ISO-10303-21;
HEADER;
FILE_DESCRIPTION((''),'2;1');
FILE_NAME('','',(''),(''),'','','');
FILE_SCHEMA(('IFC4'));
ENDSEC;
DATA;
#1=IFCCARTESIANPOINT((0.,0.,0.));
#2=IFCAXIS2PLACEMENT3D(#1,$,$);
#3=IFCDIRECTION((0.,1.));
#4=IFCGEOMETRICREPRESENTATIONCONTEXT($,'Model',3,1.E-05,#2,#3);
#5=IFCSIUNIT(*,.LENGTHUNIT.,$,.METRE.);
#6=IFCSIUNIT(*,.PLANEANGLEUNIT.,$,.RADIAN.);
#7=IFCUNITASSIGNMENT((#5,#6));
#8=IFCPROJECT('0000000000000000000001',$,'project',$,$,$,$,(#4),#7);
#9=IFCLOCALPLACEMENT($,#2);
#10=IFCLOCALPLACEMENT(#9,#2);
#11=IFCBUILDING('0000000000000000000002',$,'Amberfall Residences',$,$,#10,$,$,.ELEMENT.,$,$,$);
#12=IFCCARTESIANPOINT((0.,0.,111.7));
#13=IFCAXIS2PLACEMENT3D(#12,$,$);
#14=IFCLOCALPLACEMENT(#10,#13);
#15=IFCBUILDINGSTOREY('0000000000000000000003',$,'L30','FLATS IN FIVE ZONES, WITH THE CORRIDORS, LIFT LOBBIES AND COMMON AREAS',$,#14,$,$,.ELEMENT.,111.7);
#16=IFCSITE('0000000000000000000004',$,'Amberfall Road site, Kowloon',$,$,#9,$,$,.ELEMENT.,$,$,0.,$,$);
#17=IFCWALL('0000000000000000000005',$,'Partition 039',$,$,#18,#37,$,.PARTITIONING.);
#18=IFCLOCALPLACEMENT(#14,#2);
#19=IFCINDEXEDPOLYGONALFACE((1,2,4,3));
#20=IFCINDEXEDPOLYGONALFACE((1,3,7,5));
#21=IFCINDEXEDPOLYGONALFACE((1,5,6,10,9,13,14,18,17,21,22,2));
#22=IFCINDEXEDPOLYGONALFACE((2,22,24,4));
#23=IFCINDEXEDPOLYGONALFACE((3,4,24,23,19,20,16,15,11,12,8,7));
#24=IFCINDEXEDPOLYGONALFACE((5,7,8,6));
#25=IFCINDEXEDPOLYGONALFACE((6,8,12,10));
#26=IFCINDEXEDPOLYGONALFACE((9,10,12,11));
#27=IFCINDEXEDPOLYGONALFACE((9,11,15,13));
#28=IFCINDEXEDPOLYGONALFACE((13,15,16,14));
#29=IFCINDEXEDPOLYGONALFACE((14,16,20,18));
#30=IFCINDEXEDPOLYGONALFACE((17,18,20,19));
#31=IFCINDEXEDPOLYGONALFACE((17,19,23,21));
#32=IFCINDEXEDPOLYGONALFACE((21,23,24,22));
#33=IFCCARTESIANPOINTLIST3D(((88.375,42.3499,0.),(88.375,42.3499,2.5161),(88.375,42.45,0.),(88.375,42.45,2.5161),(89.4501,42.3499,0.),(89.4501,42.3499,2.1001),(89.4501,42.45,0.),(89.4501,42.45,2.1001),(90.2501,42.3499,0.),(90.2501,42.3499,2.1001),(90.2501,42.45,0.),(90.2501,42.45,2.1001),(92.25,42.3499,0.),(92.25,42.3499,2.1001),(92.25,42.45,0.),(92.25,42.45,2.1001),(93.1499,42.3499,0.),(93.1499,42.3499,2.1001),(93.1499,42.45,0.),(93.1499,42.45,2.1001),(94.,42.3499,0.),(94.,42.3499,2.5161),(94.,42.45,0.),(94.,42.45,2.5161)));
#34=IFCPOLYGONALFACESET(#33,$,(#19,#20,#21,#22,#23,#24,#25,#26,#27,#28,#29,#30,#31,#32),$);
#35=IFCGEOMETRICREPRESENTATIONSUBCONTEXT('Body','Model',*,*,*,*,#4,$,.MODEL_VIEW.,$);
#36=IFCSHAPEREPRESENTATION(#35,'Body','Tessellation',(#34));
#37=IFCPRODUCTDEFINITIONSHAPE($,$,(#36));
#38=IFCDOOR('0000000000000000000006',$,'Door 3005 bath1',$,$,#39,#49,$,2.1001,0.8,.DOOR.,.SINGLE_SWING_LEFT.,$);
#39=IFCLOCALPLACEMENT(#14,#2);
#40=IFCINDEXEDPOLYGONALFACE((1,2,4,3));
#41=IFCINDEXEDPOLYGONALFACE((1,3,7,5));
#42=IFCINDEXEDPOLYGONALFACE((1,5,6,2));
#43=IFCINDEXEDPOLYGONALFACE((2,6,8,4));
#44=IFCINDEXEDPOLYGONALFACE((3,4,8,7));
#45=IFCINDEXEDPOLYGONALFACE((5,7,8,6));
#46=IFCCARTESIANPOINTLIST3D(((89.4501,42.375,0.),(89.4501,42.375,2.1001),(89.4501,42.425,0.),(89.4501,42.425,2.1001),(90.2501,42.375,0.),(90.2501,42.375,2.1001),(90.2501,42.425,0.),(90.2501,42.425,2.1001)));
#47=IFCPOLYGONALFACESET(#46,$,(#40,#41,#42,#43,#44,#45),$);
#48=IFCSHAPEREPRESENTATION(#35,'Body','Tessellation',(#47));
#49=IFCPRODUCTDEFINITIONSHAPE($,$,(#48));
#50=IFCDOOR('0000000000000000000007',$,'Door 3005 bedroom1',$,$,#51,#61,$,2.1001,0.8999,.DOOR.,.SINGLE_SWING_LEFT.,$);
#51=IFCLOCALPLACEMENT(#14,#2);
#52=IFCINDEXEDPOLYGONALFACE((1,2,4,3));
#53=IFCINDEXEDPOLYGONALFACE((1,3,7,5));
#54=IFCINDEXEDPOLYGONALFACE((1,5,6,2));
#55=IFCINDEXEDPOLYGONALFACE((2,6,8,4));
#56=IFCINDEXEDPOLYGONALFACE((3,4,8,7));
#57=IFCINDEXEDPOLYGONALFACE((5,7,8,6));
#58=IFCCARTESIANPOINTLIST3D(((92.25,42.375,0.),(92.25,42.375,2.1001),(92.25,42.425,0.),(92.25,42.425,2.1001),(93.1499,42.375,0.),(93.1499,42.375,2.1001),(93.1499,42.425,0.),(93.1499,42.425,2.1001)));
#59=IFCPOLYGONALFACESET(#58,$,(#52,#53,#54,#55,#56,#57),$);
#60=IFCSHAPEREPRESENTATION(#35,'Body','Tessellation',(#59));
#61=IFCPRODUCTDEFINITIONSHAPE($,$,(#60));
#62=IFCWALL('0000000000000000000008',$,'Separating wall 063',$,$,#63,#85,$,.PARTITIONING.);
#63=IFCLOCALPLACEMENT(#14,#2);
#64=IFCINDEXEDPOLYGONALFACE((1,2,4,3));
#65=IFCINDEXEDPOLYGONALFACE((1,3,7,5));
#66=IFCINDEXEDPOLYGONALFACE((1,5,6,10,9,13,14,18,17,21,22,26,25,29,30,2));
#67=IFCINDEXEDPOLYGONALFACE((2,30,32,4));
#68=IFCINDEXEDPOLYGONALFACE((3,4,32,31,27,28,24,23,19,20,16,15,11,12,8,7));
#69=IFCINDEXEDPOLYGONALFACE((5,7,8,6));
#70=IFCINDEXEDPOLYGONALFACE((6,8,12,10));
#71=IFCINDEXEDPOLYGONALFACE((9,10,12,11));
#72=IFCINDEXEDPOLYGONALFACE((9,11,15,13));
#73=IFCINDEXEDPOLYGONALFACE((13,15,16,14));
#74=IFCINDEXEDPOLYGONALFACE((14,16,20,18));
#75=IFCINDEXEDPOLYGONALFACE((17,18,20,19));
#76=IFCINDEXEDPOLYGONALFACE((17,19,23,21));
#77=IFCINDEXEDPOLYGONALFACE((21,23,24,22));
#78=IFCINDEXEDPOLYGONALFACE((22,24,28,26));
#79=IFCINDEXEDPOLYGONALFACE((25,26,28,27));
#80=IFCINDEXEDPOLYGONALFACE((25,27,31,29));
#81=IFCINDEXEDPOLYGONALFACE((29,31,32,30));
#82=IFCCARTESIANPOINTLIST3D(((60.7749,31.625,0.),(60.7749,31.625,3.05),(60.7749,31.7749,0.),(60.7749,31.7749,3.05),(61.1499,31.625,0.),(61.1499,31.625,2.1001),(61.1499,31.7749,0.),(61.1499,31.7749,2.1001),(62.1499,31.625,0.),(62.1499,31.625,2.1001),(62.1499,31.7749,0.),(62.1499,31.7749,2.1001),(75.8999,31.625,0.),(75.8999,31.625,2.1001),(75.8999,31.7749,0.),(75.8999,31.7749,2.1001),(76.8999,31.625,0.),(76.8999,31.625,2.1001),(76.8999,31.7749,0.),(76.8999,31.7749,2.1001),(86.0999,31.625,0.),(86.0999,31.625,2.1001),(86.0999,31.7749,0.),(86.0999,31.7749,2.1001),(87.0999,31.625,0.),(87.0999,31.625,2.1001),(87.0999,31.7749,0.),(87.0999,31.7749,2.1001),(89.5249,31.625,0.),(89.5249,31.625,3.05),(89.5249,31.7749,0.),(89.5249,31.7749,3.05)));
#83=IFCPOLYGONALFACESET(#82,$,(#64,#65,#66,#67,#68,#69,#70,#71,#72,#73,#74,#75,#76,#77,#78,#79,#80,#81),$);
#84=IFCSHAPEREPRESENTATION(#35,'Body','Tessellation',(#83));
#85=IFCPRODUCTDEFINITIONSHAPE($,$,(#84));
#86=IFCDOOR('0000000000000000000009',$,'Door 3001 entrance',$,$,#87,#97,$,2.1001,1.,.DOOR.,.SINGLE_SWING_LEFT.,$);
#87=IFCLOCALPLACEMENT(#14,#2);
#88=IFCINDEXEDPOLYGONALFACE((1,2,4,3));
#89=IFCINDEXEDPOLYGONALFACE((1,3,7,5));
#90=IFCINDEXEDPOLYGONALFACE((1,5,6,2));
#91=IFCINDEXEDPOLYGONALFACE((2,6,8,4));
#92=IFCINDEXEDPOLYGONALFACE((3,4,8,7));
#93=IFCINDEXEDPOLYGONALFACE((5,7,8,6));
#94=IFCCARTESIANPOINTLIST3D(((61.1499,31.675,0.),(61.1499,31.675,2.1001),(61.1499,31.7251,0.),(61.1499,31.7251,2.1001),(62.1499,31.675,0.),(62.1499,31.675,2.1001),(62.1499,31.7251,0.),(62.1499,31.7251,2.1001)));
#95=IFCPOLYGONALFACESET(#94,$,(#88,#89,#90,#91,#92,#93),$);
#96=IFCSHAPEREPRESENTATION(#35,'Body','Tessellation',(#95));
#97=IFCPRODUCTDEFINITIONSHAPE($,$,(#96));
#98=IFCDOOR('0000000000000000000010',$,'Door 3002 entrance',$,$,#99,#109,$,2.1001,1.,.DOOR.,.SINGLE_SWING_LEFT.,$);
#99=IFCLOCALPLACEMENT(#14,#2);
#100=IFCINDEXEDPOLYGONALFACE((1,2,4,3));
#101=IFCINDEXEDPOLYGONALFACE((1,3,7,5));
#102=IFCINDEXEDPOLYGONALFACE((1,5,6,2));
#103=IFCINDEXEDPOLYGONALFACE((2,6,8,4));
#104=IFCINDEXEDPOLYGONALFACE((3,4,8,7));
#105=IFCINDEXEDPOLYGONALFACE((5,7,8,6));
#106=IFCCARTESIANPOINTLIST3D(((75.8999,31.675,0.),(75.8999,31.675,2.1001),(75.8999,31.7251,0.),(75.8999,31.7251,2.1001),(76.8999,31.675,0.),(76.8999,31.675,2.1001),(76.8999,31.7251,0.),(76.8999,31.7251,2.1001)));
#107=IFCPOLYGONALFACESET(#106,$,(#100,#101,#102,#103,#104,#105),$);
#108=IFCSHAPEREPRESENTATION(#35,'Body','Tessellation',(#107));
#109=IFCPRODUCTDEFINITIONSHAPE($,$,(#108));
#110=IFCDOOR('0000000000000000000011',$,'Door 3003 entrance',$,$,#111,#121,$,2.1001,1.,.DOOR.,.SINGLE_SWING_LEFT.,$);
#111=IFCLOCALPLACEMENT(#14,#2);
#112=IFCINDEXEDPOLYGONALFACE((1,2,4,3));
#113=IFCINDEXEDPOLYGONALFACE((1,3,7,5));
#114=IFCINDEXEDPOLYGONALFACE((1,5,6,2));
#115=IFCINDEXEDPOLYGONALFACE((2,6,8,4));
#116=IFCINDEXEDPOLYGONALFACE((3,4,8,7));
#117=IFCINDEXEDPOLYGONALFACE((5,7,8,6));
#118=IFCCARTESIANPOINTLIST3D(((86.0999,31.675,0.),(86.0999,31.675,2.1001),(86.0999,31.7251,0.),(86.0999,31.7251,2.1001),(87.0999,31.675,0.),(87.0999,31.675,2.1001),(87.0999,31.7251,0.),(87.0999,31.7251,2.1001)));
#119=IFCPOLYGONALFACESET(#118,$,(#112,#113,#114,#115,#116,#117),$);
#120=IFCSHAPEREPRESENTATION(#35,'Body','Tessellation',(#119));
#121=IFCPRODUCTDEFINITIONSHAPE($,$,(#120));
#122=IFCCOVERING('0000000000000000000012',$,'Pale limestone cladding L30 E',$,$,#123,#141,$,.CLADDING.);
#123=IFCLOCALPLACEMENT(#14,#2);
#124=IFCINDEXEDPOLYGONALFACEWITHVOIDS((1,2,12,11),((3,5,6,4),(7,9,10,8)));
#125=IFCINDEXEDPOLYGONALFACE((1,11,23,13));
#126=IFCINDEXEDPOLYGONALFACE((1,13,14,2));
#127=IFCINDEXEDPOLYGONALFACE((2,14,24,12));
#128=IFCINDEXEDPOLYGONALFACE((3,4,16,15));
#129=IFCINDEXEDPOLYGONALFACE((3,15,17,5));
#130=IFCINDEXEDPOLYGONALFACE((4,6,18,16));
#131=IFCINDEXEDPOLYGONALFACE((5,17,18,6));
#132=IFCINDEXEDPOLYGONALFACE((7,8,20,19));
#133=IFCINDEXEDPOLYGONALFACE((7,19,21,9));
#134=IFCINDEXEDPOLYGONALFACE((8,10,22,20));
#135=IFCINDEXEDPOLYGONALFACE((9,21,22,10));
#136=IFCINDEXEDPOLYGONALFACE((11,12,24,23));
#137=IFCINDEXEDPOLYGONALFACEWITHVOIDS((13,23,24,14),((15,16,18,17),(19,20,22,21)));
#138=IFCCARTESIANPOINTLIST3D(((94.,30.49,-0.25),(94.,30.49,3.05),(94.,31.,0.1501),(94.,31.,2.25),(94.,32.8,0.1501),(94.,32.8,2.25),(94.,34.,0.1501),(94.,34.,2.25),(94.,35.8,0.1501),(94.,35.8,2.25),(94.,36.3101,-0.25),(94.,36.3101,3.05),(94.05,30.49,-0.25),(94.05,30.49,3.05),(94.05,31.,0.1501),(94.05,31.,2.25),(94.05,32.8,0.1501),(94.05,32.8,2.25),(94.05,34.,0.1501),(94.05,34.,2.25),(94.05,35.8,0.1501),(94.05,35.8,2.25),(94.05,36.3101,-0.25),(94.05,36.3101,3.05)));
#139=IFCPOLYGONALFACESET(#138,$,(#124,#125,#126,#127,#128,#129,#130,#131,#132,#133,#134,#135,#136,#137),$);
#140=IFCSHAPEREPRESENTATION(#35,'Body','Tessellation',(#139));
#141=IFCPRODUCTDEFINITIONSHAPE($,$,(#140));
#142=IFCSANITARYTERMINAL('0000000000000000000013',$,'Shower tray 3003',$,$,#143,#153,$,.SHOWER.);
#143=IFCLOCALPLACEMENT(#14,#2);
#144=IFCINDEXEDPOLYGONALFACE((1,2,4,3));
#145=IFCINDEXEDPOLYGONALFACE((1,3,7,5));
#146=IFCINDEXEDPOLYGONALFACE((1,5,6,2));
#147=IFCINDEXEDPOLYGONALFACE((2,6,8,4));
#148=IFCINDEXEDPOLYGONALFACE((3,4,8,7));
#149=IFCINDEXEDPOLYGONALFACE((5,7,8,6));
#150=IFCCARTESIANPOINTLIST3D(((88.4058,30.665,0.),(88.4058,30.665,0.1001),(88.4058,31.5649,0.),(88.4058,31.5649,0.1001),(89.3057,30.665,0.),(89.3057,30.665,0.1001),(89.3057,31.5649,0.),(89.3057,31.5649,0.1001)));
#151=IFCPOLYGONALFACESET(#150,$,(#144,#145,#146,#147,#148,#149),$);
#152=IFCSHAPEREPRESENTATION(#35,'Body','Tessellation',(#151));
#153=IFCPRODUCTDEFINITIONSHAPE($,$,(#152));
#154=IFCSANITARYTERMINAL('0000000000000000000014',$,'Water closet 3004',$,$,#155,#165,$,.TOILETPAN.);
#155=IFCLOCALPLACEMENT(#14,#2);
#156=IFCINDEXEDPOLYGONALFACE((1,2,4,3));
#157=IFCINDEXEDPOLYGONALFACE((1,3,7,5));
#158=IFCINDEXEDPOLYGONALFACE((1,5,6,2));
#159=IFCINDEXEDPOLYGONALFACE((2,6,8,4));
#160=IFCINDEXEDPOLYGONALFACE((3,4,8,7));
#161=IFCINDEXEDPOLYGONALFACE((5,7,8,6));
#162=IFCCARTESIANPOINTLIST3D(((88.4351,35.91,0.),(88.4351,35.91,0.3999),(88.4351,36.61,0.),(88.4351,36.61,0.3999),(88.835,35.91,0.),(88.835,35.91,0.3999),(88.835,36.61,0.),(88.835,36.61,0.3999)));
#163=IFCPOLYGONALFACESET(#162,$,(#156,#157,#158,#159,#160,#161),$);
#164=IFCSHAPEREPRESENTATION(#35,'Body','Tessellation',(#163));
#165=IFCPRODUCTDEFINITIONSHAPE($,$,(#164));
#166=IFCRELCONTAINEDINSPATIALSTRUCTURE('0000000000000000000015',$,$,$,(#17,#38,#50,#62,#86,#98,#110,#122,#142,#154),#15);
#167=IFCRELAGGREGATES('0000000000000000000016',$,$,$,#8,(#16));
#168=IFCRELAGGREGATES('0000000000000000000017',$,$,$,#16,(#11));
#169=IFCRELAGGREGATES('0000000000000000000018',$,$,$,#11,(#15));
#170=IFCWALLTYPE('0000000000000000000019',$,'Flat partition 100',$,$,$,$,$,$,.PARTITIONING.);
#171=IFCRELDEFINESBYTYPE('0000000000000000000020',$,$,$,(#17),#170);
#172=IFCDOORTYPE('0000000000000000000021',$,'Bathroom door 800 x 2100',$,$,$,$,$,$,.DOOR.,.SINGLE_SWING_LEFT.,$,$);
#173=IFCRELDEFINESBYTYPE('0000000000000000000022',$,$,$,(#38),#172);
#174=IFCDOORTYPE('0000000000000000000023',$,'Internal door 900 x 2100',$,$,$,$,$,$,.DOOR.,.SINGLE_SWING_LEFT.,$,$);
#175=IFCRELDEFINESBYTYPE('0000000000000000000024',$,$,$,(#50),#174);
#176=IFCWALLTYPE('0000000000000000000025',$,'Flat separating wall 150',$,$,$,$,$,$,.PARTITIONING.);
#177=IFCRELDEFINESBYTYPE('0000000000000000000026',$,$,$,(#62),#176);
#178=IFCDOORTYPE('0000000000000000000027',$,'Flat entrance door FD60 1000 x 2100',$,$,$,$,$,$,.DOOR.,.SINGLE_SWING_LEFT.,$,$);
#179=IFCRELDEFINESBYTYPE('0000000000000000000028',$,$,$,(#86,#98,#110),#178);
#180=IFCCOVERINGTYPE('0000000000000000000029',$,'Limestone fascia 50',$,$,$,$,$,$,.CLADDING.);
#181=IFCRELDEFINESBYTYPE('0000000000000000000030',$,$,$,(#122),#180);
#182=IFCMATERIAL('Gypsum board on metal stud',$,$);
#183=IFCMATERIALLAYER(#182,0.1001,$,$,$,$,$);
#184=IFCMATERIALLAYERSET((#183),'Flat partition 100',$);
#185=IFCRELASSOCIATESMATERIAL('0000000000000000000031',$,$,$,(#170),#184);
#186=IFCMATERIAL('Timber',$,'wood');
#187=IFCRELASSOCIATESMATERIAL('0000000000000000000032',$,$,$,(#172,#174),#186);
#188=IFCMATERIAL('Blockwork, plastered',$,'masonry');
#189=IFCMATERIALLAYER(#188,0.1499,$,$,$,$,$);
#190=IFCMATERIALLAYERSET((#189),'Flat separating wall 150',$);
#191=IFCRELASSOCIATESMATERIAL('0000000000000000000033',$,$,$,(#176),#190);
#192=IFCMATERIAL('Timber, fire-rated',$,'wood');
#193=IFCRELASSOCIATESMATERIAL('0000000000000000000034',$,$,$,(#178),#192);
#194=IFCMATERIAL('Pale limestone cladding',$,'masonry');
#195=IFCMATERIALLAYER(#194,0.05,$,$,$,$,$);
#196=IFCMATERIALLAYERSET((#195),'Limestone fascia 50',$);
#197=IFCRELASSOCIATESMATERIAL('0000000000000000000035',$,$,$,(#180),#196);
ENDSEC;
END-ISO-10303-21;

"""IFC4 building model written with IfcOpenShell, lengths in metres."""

from ifc_helpers import new_model, si_unit, direction, frame, frame_2d, origin, origin_2d, place, context, subcontext, project, spatial, polyline, rectangle, outline, extrude, material, layer, layer_set, type_object, element, fill, save


model = new_model("IFC4")

# Units and contexts
model_context = context("Model", 3, precision=1e-05, world=origin(), true_north=direction((0.0, 1.0)))
body_context = subcontext(model_context, "Body", "Model", "MODEL_VIEW")
ifc_project = project(units=[si_unit("LENGTHUNIT", "METRE"), si_unit("PLANEANGLEUNIT", "RADIAN")], contexts=[model_context])

# Site, building, storey
site_placement = place(None, origin())
site = spatial("IfcSite", under=ifc_project, at=site_placement, Name="Amberfall Road site, Kowloon", CompositionType="ELEMENT", RefElevation=0.0)
building_placement = place(site_placement, origin())
building = spatial("IfcBuilding", under=site, at=building_placement, Name="Amberfall Residences", CompositionType="ELEMENT")
storey_placement = place(building_placement, frame((0.0, 0.0, 111.7)))
storey = spatial("IfcBuildingStorey", under=building, at=storey_placement, Name="L30", Description="FLATS IN FIVE ZONES, WITH THE CORRIDORS, LIFT LOBBIES AND COMMON AREAS", CompositionType="ELEMENT", Elevation=111.7)

# Shared definitions
ifc_material_1 = material(Name="Gypsum board on metal stud")
ifc_layer_1 = layer(ifc_material_1, 0.1001)
ifc_layer_set_1 = layer_set([ifc_layer_1], Name="Flat partition 100")
wall_type_1 = type_object("IfcWallType", Name="Flat partition 100", PredefinedType="PARTITIONING", material=ifc_layer_set_1)
ifc_material_2 = material(Name="Timber", Category="wood")
door_type_1 = type_object("IfcDoorType", Name="Bathroom door 800 x 2100", OperationType="SINGLE_SWING_LEFT", PredefinedType="DOOR", material=ifc_material_2)

# Walls, openings, doors
wall_1_placement = place(storey_placement, frame((94.0, 42.3999, 0.0), z_axis=(0.0, 0.0, 1.0), x_axis=(-1.0, 0.0, 0.0)))
wall_1 = element("IfcWall", 1, at=wall_1_placement, inside=storey, type_object=wall_type_1, Name="Partition 039", PredefinedType="PARTITIONING", context=body_context, shape_type="SweptSolid", body=[
    extrude(rectangle(XDim=5.625, YDim=0.1001, at=frame_2d((2.8125, 0.0))), origin(), (0.0, 0.0, 1.0), 2.5161),
])
opening_1_placement = place(wall_1_placement, frame((0.8501, 0.0, 0.0)))
opening_1 = element("IfcOpeningElement", 2, at=opening_1_placement, cuts=wall_1, PredefinedType="OPENING", context=body_context, shape_type="SweptSolid", body=[
    extrude(rectangle(XDim=0.8999, YDim=2.1001, at=frame_2d((0.45, 1.05))), frame((0.0, 0.0601, 0.0), z_axis=(0.0, -1.0, 0.0), x_axis=(1.0, 0.0, 0.0)), (0.0, 0.0, 1.0), 0.1201),
])
opening_2_placement = place(wall_1_placement, frame((3.75, 0.0, 0.0)))
opening_2 = element("IfcOpeningElement", 3, at=opening_2_placement, cuts=wall_1, PredefinedType="OPENING", context=body_context, shape_type="SweptSolid", body=[
    extrude(rectangle(XDim=0.8, YDim=2.1001, at=frame_2d((0.3999, 1.05))), frame((0.0, 0.0601, 0.0), z_axis=(0.0, -1.0, 0.0), x_axis=(1.0, 0.0, 0.0)), (0.0, 0.0, 1.0), 0.1201),
])
door_1_placement = place(opening_2_placement, origin())
door_1 = element("IfcDoor", 4, at=door_1_placement, inside=storey, type_object=door_type_1, Name="Door 3005 bath1", OperationType="SINGLE_SWING_LEFT", OverallHeight=2.1001, OverallWidth=0.8, PredefinedType="DOOR", context=body_context, shape_type="SweptSolid", body=[
    extrude(rectangle(XDim=0.8, YDim=2.1001, at=frame_2d((0.3999, 1.05))), frame((0.0, 0.0249, 0.0), z_axis=(0.0, -1.0, 0.0), x_axis=(1.0, 0.0, 0.0)), (0.0, 0.0, 1.0), 0.05),
])
fill(opening_2, door_1)
door_type_2 = type_object("IfcDoorType", Name="Internal door 900 x 2100", OperationType="SINGLE_SWING_LEFT", PredefinedType="DOOR", material=ifc_material_2)
door_2_placement = place(opening_1_placement, origin())
door_2 = element("IfcDoor", 5, at=door_2_placement, inside=storey, type_object=door_type_2, Name="Door 3005 bedroom1", OperationType="SINGLE_SWING_LEFT", OverallHeight=2.1001, OverallWidth=0.8999, PredefinedType="DOOR", context=body_context, shape_type="SweptSolid", body=[
    extrude(rectangle(XDim=0.8999, YDim=2.1001, at=frame_2d((0.45, 1.05))), frame((0.0, 0.0249, 0.0), z_axis=(0.0, -1.0, 0.0), x_axis=(1.0, 0.0, 0.0)), (0.0, 0.0, 1.0), 0.05),
])
fill(opening_1, door_2)
ifc_material_3 = material(Name="Blockwork, plastered", Category="masonry")
ifc_layer_2 = layer(ifc_material_3, 0.1499)
ifc_layer_set_2 = layer_set([ifc_layer_2], Name="Flat separating wall 150")
wall_type_2 = type_object("IfcWallType", Name="Flat separating wall 150", PredefinedType="PARTITIONING", material=ifc_layer_set_2)
wall_2_placement = place(storey_placement, frame((89.5249, 31.7, 0.0), z_axis=(0.0, 0.0, 1.0), x_axis=(-1.0, 0.0, 0.0)))
wall_2 = element("IfcWall", 6, at=wall_2_placement, inside=storey, type_object=wall_type_2, Name="Separating wall 063", PredefinedType="PARTITIONING", context=body_context, shape_type="SweptSolid", body=[
    extrude(rectangle(XDim=28.75, YDim=0.1499, at=frame_2d((14.375, 0.0))), origin(), (0.0, 0.0, 1.0), 3.05),
])
opening_3_placement = place(wall_2_placement, frame((27.375, 0.0, 0.0)))
opening_3 = element("IfcOpeningElement", 7, at=opening_3_placement, cuts=wall_2, PredefinedType="OPENING", context=body_context, shape_type="SweptSolid", body=[
    extrude(rectangle(XDim=1.0, YDim=2.1001, at=frame_2d((0.5, 1.05))), frame((0.0, 0.085, 0.0), z_axis=(0.0, -1.0, 0.0), x_axis=(1.0, 0.0, 0.0)), (0.0, 0.0, 1.0), 0.1699),
])
opening_4_placement = place(wall_2_placement, frame((12.625, 0.0, 0.0)))
opening_4 = element("IfcOpeningElement", 8, at=opening_4_placement, cuts=wall_2, PredefinedType="OPENING", context=body_context, shape_type="SweptSolid", body=[
    extrude(rectangle(XDim=1.0, YDim=2.1001, at=frame_2d((0.5, 1.05))), frame((0.0, 0.085, 0.0), z_axis=(0.0, -1.0, 0.0), x_axis=(1.0, 0.0, 0.0)), (0.0, 0.0, 1.0), 0.1699),
])
opening_5_placement = place(wall_2_placement, frame((2.425, 0.0, 0.0)))
opening_5 = element("IfcOpeningElement", 9, at=opening_5_placement, cuts=wall_2, PredefinedType="OPENING", context=body_context, shape_type="SweptSolid", body=[
    extrude(rectangle(XDim=1.0, YDim=2.1001, at=frame_2d((0.5, 1.05))), frame((0.0, 0.085, 0.0), z_axis=(0.0, -1.0, 0.0), x_axis=(1.0, 0.0, 0.0)), (0.0, 0.0, 1.0), 0.1699),
])
ifc_material_4 = material(Name="Timber, fire-rated", Category="wood")
door_type_3 = type_object("IfcDoorType", Name="Flat entrance door FD60 1000 x 2100", OperationType="SINGLE_SWING_LEFT", PredefinedType="DOOR", material=ifc_material_4)
door_3_placement = place(opening_3_placement, origin())
door_3 = element("IfcDoor", 10, at=door_3_placement, inside=storey, type_object=door_type_3, Name="Door 3001 entrance", OperationType="SINGLE_SWING_LEFT", OverallHeight=2.1001, OverallWidth=1.0, PredefinedType="DOOR", context=body_context, shape_type="SweptSolid", body=[
    extrude(rectangle(XDim=1.0, YDim=2.1001, at=frame_2d((0.5, 1.05))), frame((0.0, 0.0249, 0.0), z_axis=(0.0, -1.0, 0.0), x_axis=(1.0, 0.0, 0.0)), (0.0, 0.0, 1.0), 0.05),
])
fill(opening_3, door_3)
door_4_placement = place(opening_4_placement, origin())
door_4 = element("IfcDoor", 11, at=door_4_placement, inside=storey, type_object=door_type_3, Name="Door 3002 entrance", OperationType="SINGLE_SWING_LEFT", OverallHeight=2.1001, OverallWidth=1.0, PredefinedType="DOOR", context=body_context, shape_type="SweptSolid", body=[
    extrude(rectangle(XDim=1.0, YDim=2.1001, at=frame_2d((0.5, 1.05))), frame((0.0, 0.0249, 0.0), z_axis=(0.0, -1.0, 0.0), x_axis=(1.0, 0.0, 0.0)), (0.0, 0.0, 1.0), 0.05),
])
fill(opening_4, door_4)
door_5_placement = place(opening_5_placement, origin())
door_5 = element("IfcDoor", 12, at=door_5_placement, inside=storey, type_object=door_type_3, Name="Door 3003 entrance", OperationType="SINGLE_SWING_LEFT", OverallHeight=2.1001, OverallWidth=1.0, PredefinedType="DOOR", context=body_context, shape_type="SweptSolid", body=[
    extrude(rectangle(XDim=1.0, YDim=2.1001, at=frame_2d((0.5, 1.05))), frame((0.0, 0.0249, 0.0), z_axis=(0.0, -1.0, 0.0), x_axis=(1.0, 0.0, 0.0)), (0.0, 0.0, 1.0), 0.05),
])
fill(opening_5, door_5)

# Covering
ifc_material_5 = material(Name="Pale limestone cladding", Category="masonry")
ifc_layer_3 = layer(ifc_material_5, 0.05)
ifc_layer_set_3 = layer_set([ifc_layer_3], Name="Limestone fascia 50")
covering_type = type_object("IfcCoveringType", Name="Limestone fascia 50", PredefinedType="CLADDING", material=ifc_layer_set_3)
covering_placement = place(storey_placement, frame((94.0, 30.49, 3.05), z_axis=(-1.0, 0.0, 0.0), x_axis=(0.0, 1.0, 0.0)))
element("IfcCovering", 13, at=covering_placement, inside=storey, type_object=covering_type, Name="Pale limestone cladding L30 E", PredefinedType="CLADDING", context=body_context, shape_type="SweptSolid", body=[
    extrude(outline(polyline([(0.0, 0.0), (5.8201, 0.0), (5.8201, 3.3), (0.0, 3.3), (0.0, 0.0)]), holes=[polyline([(0.51, 0.8), (2.3101, 0.8), (2.3101, 2.8999), (0.51, 2.8999), (0.51, 0.8)]), polyline([(3.51, 0.8), (5.3101, 0.8), (5.3101, 2.8999), (3.51, 2.8999), (3.51, 0.8)])]), origin(), (0.0, 0.0, -1.0), 0.05),
])

# Sanitary terminals
sanitary_terminal_1_placement = place(storey_placement, frame((88.8557, 31.115, 0.0), z_axis=(0.0, 0.0, 1.0), x_axis=(1.0, 0.0, 0.0)))
element("IfcSanitaryTerminal", 14, at=sanitary_terminal_1_placement, inside=storey, Name="Shower tray 3003", PredefinedType="SHOWER", context=body_context, shape_type="SweptSolid", body=[
    extrude(rectangle(XDim=0.8999, YDim=0.8999, at=origin_2d()), origin(), (0.0, 0.0, 1.0), 0.1001),
])
sanitary_terminal_2_placement = place(storey_placement, frame((88.635, 36.26, 0.0), z_axis=(0.0, 0.0, 1.0), x_axis=(1.0, 0.0, 0.0)))
element("IfcSanitaryTerminal", 15, at=sanitary_terminal_2_placement, inside=storey, Name="Water closet 3004", PredefinedType="TOILETPAN", context=body_context, shape_type="SweptSolid", body=[
    extrude(rectangle(XDim=0.3999, YDim=0.7, at=origin_2d()), origin(), (0.0, 0.0, 1.0), 0.3999),
])

save(model, "model.ifc")
